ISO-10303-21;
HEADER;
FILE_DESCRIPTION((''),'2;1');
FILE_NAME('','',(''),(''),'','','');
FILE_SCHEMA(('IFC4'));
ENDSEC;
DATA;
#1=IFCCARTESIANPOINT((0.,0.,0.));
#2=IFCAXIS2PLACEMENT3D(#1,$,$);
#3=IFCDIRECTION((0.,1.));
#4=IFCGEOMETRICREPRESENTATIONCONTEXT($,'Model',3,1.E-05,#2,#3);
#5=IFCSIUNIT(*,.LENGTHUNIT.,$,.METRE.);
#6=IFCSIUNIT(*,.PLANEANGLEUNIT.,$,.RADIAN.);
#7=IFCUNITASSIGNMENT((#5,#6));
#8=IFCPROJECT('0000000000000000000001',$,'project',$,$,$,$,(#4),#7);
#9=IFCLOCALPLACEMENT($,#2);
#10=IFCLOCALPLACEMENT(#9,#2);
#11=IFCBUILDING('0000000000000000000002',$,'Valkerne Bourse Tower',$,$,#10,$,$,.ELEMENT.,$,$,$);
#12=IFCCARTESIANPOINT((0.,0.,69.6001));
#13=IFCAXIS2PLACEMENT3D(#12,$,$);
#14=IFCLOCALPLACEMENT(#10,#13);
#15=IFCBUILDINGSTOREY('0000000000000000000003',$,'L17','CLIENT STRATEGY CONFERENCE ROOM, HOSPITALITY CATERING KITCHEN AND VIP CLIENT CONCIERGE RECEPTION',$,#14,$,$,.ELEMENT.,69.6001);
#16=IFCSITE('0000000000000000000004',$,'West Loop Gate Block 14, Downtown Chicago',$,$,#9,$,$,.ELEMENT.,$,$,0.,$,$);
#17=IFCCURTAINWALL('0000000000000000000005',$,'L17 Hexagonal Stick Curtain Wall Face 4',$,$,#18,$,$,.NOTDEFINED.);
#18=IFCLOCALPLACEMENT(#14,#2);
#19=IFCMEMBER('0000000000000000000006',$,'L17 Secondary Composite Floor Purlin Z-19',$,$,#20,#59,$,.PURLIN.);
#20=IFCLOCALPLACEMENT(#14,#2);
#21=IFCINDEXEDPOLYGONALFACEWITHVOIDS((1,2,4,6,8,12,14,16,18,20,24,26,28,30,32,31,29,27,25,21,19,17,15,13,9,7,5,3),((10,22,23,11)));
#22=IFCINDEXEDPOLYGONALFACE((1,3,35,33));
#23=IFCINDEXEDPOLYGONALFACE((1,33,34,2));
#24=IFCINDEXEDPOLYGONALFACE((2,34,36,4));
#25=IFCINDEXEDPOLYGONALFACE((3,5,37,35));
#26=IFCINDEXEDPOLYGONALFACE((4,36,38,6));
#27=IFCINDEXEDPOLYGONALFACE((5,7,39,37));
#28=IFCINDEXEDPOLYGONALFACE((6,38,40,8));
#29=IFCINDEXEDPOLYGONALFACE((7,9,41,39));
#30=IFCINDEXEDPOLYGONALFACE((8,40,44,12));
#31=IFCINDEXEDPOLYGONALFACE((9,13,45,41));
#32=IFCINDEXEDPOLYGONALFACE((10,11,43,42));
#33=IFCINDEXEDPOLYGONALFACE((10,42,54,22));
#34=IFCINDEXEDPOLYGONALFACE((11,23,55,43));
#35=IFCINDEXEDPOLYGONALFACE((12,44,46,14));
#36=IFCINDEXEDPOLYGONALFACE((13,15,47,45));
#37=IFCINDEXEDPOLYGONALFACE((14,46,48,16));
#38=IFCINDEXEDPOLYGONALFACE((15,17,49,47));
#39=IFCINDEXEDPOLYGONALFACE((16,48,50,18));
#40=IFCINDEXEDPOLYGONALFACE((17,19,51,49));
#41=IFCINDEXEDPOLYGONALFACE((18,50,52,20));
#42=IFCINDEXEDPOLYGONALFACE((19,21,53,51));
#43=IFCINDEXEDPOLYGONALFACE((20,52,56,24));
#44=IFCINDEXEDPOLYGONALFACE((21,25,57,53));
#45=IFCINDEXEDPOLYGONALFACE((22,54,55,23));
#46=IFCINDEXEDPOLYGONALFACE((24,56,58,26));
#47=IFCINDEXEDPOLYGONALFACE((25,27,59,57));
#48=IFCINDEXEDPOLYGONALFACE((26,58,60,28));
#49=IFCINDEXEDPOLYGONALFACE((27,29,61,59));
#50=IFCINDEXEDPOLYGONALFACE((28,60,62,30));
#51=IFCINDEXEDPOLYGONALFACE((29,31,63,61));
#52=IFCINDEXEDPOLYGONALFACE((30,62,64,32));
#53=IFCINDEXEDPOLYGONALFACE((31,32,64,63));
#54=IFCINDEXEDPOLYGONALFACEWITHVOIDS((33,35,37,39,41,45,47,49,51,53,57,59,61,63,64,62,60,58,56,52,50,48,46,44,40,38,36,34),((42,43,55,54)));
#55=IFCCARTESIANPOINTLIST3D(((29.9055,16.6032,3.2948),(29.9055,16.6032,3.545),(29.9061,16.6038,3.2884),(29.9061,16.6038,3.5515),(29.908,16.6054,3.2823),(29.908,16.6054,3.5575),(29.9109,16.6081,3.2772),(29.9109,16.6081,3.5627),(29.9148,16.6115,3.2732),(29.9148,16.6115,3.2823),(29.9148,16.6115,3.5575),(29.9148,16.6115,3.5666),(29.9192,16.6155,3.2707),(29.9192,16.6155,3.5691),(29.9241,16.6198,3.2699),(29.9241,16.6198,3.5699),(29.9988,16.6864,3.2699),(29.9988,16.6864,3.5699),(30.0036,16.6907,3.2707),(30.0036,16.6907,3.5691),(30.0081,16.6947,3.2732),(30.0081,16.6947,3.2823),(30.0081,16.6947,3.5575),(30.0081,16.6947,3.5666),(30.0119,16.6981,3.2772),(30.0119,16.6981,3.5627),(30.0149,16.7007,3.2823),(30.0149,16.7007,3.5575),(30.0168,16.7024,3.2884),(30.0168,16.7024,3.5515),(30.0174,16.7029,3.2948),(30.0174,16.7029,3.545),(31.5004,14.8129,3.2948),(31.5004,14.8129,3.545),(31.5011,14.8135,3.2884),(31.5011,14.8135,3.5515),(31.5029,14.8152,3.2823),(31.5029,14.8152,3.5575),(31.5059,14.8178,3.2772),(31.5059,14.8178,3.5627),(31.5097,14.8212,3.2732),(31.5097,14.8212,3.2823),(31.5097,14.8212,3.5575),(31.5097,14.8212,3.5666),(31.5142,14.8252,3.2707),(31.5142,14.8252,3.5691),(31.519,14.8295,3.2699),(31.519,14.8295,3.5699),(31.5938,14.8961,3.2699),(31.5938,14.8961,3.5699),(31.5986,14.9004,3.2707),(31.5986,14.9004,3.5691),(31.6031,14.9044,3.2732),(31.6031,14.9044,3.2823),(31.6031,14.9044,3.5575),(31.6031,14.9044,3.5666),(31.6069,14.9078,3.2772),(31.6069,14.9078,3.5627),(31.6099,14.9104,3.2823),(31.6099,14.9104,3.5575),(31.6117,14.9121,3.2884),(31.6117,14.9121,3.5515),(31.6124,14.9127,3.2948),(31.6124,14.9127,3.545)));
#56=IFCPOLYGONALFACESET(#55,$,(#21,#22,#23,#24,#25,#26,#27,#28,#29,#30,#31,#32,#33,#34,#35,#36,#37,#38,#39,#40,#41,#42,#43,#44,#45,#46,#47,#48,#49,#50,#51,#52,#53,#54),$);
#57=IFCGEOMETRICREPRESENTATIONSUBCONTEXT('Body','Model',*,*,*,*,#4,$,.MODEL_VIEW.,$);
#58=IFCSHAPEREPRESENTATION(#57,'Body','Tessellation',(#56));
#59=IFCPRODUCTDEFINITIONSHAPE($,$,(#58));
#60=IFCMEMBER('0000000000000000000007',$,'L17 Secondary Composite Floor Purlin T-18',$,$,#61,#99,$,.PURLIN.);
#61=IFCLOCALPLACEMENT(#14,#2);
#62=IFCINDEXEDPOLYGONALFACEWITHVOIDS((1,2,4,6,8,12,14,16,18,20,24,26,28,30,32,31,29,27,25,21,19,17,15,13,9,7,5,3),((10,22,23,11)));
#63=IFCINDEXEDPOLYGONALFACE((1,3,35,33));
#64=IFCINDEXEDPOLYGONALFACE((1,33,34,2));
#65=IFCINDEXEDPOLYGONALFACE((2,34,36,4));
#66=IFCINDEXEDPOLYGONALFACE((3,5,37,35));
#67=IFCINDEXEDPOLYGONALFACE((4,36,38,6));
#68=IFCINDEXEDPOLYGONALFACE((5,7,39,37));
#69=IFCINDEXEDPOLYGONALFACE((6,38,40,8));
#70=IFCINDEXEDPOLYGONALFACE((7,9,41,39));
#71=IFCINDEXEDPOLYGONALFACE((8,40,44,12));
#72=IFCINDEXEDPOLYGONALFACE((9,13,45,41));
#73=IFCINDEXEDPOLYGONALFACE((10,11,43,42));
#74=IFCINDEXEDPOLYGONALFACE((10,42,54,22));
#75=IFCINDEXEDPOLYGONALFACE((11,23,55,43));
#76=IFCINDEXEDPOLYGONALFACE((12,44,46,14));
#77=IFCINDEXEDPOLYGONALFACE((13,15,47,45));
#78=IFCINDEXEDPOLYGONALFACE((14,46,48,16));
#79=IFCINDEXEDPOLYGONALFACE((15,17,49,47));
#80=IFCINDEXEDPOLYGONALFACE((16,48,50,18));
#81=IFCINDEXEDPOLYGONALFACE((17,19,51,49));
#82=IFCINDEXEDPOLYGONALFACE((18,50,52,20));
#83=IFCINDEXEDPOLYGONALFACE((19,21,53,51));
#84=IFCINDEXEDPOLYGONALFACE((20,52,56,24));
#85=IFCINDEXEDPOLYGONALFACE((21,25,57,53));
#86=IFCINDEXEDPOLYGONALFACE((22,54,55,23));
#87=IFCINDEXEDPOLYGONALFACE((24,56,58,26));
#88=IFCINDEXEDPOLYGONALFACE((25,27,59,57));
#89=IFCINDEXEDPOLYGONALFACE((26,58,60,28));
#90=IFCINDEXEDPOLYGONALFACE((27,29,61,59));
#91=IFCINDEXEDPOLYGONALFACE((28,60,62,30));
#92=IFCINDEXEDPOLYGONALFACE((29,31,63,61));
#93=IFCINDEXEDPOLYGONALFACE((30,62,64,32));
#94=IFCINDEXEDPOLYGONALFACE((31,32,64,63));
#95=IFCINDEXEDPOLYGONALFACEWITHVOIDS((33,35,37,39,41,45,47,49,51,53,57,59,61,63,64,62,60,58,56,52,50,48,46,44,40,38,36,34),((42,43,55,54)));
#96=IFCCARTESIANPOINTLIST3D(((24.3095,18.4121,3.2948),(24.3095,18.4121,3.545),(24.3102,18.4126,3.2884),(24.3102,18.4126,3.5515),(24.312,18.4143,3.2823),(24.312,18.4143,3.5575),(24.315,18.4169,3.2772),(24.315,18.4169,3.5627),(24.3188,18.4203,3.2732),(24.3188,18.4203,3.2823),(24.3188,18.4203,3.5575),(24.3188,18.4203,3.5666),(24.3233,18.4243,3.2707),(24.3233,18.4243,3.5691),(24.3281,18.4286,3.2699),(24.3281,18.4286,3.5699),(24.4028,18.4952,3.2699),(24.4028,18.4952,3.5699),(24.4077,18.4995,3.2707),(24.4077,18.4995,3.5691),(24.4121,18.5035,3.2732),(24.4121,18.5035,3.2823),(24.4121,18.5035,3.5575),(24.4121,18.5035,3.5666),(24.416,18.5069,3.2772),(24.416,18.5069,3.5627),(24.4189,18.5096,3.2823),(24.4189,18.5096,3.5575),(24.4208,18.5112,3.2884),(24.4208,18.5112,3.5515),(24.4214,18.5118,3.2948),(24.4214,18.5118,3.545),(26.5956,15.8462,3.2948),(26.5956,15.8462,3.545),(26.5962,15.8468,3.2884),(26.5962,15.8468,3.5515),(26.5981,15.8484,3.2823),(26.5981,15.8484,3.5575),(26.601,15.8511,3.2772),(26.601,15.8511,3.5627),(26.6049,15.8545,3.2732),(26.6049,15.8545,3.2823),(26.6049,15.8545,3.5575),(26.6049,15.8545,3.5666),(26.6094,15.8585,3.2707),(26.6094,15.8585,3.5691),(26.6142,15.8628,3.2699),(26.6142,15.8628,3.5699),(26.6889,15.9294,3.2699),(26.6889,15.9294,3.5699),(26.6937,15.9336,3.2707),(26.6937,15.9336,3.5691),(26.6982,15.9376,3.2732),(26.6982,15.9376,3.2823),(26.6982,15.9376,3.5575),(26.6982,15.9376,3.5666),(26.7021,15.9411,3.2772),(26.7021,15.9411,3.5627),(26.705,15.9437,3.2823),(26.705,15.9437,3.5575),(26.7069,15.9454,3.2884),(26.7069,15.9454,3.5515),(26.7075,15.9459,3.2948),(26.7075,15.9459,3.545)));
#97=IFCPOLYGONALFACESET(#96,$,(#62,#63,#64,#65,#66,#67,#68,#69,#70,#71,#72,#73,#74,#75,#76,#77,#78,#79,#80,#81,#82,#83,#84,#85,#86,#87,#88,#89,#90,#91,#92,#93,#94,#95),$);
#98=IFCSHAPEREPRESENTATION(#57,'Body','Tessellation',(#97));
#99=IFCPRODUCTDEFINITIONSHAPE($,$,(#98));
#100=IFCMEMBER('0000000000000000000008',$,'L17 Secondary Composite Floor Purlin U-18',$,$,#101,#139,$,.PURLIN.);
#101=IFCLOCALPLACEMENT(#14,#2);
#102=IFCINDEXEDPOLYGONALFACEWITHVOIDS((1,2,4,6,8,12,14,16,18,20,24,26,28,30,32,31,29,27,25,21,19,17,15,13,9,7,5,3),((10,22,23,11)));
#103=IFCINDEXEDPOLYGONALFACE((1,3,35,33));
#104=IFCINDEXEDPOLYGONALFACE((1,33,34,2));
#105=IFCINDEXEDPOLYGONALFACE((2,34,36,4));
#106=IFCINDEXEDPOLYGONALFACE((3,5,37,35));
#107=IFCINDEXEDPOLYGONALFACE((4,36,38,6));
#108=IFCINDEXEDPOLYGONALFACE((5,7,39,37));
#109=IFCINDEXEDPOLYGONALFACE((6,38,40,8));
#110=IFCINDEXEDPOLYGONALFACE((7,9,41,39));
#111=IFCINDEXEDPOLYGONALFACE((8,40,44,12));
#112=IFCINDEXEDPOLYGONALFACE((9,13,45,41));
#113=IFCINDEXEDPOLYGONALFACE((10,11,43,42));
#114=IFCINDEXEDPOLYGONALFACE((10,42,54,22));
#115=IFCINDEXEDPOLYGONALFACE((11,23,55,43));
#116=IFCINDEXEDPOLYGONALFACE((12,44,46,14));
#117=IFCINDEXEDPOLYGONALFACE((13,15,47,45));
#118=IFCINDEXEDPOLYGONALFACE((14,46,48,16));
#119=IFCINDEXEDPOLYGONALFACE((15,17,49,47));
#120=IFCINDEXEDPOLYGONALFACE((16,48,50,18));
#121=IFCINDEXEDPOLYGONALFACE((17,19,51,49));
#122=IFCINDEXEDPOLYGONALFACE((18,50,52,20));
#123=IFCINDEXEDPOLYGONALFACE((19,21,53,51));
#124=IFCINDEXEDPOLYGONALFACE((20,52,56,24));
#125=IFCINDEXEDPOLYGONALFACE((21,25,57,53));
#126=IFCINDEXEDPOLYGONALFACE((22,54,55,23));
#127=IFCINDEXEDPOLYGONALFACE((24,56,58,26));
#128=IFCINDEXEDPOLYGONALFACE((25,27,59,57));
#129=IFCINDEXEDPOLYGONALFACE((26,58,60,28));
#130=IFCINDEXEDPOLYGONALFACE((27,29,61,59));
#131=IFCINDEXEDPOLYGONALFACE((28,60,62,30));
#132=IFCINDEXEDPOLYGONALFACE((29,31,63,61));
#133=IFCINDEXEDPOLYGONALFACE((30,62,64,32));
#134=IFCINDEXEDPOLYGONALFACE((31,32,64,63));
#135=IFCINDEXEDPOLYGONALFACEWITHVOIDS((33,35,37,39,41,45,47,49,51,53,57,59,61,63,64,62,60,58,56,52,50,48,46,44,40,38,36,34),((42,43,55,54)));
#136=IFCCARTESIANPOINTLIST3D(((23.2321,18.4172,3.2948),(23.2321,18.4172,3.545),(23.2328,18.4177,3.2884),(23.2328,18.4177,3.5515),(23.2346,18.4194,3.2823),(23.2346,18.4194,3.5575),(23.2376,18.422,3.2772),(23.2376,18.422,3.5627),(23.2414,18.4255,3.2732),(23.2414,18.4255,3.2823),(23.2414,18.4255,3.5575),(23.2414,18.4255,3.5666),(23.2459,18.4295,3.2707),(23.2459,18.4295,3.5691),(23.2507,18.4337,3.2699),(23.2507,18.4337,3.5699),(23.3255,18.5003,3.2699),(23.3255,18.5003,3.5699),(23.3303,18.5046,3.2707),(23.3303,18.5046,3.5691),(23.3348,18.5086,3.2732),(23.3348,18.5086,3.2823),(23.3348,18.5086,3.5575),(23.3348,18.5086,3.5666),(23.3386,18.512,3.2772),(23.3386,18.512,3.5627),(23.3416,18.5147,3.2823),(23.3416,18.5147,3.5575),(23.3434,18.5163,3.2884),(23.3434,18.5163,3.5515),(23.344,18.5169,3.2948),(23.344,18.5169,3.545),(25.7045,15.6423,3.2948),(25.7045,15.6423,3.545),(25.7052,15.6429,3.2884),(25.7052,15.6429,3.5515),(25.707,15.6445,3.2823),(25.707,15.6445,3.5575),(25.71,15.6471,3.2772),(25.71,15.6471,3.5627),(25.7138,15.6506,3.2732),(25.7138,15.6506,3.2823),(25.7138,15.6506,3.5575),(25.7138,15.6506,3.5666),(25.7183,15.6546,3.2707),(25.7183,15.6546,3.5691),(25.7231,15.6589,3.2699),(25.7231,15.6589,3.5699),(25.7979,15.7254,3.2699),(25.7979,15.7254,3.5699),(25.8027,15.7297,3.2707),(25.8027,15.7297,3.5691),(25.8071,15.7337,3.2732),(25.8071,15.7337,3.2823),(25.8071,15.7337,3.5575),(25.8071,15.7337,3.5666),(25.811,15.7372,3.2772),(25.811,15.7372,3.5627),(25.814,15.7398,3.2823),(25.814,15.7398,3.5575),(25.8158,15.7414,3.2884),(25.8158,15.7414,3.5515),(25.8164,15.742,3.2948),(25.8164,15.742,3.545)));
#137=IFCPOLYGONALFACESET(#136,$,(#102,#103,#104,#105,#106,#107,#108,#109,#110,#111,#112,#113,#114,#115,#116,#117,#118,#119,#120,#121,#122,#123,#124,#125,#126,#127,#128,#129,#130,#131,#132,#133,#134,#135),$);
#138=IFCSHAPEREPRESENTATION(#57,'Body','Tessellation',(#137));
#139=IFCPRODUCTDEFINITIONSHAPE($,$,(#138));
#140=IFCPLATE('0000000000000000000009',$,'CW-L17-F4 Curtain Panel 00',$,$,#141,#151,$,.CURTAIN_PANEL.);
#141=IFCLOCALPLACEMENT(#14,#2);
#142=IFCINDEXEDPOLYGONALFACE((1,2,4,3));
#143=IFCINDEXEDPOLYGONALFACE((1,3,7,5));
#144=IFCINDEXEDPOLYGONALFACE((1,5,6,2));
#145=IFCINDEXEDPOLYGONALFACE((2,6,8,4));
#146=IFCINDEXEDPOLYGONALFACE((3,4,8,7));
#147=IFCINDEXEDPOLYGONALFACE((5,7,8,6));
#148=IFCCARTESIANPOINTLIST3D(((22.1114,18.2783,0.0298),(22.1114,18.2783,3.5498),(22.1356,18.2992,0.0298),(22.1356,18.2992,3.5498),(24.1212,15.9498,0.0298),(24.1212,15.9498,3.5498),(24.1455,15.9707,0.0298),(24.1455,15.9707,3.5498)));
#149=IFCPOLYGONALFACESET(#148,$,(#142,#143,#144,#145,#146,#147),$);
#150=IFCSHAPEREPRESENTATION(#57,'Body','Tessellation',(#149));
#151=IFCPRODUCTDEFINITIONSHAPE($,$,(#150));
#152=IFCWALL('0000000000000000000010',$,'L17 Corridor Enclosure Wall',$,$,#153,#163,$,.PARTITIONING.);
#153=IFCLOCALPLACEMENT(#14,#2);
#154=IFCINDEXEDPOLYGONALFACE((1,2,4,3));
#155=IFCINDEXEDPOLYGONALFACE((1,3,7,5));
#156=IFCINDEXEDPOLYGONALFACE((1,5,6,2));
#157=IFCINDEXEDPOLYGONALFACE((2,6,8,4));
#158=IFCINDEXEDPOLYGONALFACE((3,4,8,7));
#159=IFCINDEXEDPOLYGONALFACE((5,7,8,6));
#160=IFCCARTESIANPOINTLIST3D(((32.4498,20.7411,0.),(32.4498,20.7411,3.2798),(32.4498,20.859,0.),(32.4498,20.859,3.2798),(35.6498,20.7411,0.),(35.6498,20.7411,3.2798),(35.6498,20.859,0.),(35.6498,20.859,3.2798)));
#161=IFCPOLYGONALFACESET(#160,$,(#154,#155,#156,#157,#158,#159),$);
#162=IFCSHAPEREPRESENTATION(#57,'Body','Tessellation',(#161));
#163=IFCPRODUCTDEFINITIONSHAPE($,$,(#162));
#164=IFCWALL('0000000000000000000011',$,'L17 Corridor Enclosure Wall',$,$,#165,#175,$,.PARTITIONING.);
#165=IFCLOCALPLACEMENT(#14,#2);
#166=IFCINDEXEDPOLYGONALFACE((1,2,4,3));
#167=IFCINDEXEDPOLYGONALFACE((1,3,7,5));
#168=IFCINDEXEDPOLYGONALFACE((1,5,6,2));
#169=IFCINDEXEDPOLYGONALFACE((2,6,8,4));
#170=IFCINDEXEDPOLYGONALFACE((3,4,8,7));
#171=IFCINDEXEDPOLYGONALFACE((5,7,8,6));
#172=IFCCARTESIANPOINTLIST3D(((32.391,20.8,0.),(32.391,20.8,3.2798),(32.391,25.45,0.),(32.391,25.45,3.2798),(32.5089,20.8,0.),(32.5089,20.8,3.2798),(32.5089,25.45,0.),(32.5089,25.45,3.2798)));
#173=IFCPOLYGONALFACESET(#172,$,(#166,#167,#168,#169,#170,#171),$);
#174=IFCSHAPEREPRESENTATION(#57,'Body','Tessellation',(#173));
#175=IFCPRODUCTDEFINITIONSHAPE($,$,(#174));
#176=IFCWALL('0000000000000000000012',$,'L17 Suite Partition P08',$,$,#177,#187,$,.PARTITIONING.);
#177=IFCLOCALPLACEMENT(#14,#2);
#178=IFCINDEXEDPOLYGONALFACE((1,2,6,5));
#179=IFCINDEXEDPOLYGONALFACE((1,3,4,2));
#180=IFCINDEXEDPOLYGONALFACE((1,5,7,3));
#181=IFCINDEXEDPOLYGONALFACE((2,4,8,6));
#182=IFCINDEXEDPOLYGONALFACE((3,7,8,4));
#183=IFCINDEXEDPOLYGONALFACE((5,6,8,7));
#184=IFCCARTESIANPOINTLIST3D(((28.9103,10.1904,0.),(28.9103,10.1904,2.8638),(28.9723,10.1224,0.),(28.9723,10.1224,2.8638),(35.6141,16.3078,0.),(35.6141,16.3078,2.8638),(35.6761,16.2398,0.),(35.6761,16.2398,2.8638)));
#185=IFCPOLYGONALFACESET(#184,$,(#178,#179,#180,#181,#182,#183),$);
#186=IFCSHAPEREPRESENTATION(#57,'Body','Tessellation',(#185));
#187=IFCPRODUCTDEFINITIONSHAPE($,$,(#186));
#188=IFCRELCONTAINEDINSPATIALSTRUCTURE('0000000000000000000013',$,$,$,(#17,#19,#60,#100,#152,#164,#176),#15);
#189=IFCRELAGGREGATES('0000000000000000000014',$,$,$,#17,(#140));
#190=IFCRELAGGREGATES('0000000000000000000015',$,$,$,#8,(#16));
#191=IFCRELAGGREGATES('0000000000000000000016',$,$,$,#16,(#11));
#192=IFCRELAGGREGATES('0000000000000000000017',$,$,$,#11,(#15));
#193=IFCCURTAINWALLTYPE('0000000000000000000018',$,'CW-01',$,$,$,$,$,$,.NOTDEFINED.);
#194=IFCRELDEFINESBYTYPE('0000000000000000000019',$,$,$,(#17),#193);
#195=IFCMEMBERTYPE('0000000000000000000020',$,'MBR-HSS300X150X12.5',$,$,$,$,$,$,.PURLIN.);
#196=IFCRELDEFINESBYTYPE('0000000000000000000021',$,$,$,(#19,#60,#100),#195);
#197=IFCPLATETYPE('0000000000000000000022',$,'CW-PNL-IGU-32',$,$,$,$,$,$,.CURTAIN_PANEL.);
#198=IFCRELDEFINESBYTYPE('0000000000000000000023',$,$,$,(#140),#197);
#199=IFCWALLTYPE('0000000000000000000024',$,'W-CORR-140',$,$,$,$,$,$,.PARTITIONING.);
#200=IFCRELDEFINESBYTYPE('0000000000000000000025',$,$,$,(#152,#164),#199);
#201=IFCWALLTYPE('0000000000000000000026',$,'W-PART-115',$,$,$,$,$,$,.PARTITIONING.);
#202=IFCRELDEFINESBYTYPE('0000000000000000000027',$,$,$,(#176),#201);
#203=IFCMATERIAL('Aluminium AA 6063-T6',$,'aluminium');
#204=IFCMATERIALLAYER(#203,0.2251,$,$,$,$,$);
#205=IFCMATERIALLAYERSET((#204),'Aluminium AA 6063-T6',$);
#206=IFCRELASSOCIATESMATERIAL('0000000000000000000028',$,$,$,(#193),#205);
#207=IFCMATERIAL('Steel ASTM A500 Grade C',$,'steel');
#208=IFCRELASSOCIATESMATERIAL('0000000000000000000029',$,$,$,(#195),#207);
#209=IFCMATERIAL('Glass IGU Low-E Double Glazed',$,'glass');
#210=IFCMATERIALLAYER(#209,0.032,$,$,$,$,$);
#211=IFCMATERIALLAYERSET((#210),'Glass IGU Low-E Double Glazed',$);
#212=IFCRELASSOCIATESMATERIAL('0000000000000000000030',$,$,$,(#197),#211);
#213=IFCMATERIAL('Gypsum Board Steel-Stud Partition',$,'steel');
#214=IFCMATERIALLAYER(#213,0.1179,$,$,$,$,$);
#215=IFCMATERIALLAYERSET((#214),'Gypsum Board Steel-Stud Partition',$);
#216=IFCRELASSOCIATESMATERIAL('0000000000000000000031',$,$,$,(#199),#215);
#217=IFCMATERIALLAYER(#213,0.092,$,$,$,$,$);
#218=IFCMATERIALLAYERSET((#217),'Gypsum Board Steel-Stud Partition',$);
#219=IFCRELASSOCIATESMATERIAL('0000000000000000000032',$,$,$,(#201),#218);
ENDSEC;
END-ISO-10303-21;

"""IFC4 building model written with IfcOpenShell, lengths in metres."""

from ifc_helpers import new_model, si_unit, direction, frame, frame_2d, origin, origin_2d, place, context, subcontext, project, spatial, rectangle, hollow_rectangle, extrude, material, layer, layer_set, material_profile, profile_set, type_object, element, aggregate, save


model = new_model("IFC4")

# Units and contexts
model_context = context("Model", 3, precision=1e-05, world=origin(), true_north=direction((0.0, 1.0)))
body_context = subcontext(model_context, "Body", "Model", "MODEL_VIEW")
ifc_project = project(units=[si_unit("LENGTHUNIT", "METRE"), si_unit("PLANEANGLEUNIT", "RADIAN")], contexts=[model_context])

# Site, building, storey
site_placement = place(None, origin())
site = spatial("IfcSite", under=ifc_project, at=site_placement, Name="West Loop Gate Block 14, Downtown Chicago", CompositionType="ELEMENT", RefElevation=0.0)
building_placement = place(site_placement, origin())
building = spatial("IfcBuilding", under=site, at=building_placement, Name="Valkerne Bourse Tower", CompositionType="ELEMENT")
storey_placement = place(building_placement, frame((0.0, 0.0, 69.6001)))
storey = spatial("IfcBuildingStorey", under=building, at=storey_placement, Name="L17", Description="CLIENT STRATEGY CONFERENCE ROOM, HOSPITALITY CATERING KITCHEN AND VIP CLIENT CONCIERGE RECEPTION", CompositionType="ELEMENT", Elevation=69.6001)

# Curtain wall
ifc_material_1 = material(Name="Aluminium AA 6063-T6", Category="aluminium")
ifc_layer_1 = layer(ifc_material_1, 0.2251)
ifc_layer_set_1 = layer_set([ifc_layer_1], Name="Aluminium AA 6063-T6")
curtain_wall_type = type_object("IfcCurtainWallType", Name="CW-01", PredefinedType="NOTDEFINED", material=ifc_layer_set_1)
curtain_wall_placement = place(storey_placement, origin())
curtain_wall = element("IfcCurtainWall", 1, at=curtain_wall_placement, inside=storey, type_object=curtain_wall_type, Name="L17 Hexagonal Stick Curtain Wall Face 4", PredefinedType="NOTDEFINED")

# Members
ifc_material_2 = material(Name="Steel ASTM A500 Grade C", Category="steel")
ifc_material_profile_1 = material_profile(ifc_material_2, hollow_rectangle(XDim=0.1499, YDim=0.3, WallThickness=0.0125, OuterFilletRadius=0.0249, at=origin_2d()), Name="HSS300X150X12.5")
ifc_profile_set_1 = profile_set([ifc_material_profile_1], Name="Steel ASTM A500 Grade C")
member_type_1 = type_object("IfcMemberType", Name="MBR-HSS300X150X12.5", PredefinedType="PURLIN", material=ifc_profile_set_1)
member_1_placement = place(storey_placement, frame((29.9614, 16.6531, 3.4199), z_axis=(0.665204, -0.746662, 0.0), x_axis=(0.746662, 0.665204, 0.0)))
element("IfcMember", 2, at=member_1_placement, inside=storey, type_object=member_type_1, Name="L17 Secondary Composite Floor Purlin Z-19", PredefinedType="PURLIN", context=body_context, shape_type="SweptSolid", body=[
    extrude(hollow_rectangle(XDim=0.1499, YDim=0.3, WallThickness=0.0125, OuterFilletRadius=0.0249, at=origin_2d()), origin(), (0.0, 0.0, 1.0), 2.3977),
])
member_2_placement = place(storey_placement, frame((24.3655, 18.4619, 3.4199), z_axis=(0.665228, -0.746641, 0.0), x_axis=(0.746641, 0.665228, 0.0)))
element("IfcMember", 3, at=member_2_placement, inside=storey, type_object=member_type_1, Name="L17 Secondary Composite Floor Purlin T-18", PredefinedType="PURLIN", context=body_context, shape_type="SweptSolid", body=[
    extrude(hollow_rectangle(XDim=0.1499, YDim=0.3, WallThickness=0.0125, OuterFilletRadius=0.0249, at=origin_2d()), origin(), (0.0, 0.0, 1.0), 3.4365),
])
member_3_placement = place(storey_placement, frame((23.2881, 18.467, 3.4199), z_axis=(0.66524, -0.74663, 0.0), x_axis=(0.74663, 0.66524, 0.0)))
element("IfcMember", 4, at=member_3_placement, inside=storey, type_object=member_type_1, Name="L17 Secondary Composite Floor Purlin U-18", PredefinedType="PURLIN", context=body_context, shape_type="SweptSolid", body=[
    extrude(hollow_rectangle(XDim=0.1499, YDim=0.3, WallThickness=0.0125, OuterFilletRadius=0.0249, at=origin_2d()), origin(), (0.0, 0.0, 1.0), 3.7166),
])

# Plate
ifc_material_3 = material(Name="Glass IGU Low-E Double Glazed", Category="glass")
ifc_layer_2 = layer(ifc_material_3, 0.032)
ifc_layer_set_2 = layer_set([ifc_layer_2], Name="Glass IGU Low-E Double Glazed")
plate_type = type_object("IfcPlateType", Name="CW-PNL-IGU-32", PredefinedType="CURTAIN_PANEL", material=ifc_layer_set_2)
plate_placement = place(storey_placement, frame((23.1284, 17.1245, 0.0298), z_axis=(0.0, 0.0, 1.0), x_axis=(0.653417, -0.756998, 0.0)))
plate = element("IfcPlate", 5, at=plate_placement, type_object=plate_type, Name="CW-L17-F4 Curtain Panel 00", PredefinedType="CURTAIN_PANEL", context=body_context, shape_type="SweptSolid", body=[
    extrude(rectangle(XDim=3.0759, YDim=0.032, at=origin_2d()), origin(), (0.0, 0.0, 1.0), 3.52),
])
aggregate(curtain_wall, [plate])

# Walls
ifc_material_4 = material(Name="Gypsum Board Steel-Stud Partition", Category="steel")
ifc_layer_3 = layer(ifc_material_4, 0.1179)
ifc_layer_set_3 = layer_set([ifc_layer_3], Name="Gypsum Board Steel-Stud Partition")
wall_type_1 = type_object("IfcWallType", Name="W-CORR-140", PredefinedType="PARTITIONING", material=ifc_layer_set_3)
wall_1_placement = place(storey_placement, frame((35.6499, 20.8, 0.0), z_axis=(0.0, 0.0, 1.0), x_axis=(-1.0, 0.0, 0.0)))
element("IfcWall", 6, at=wall_1_placement, inside=storey, type_object=wall_type_1, Name="L17 Corridor Enclosure Wall", PredefinedType="PARTITIONING", context=body_context, shape_type="SweptSolid", body=[
    extrude(rectangle(XDim=3.2, YDim=0.1179, at=frame_2d((1.6001, 0.0))), origin(), (0.0, 0.0, 1.0), 3.2798),
])
wall_2_placement = place(storey_placement, frame((32.45, 20.8, 0.0), z_axis=(0.0, 0.0, 1.0), x_axis=(0.0, 1.0, 0.0)))
element("IfcWall", 7, at=wall_2_placement, inside=storey, type_object=wall_type_1, Name="L17 Corridor Enclosure Wall", PredefinedType="PARTITIONING", context=body_context, shape_type="SweptSolid", body=[
    extrude(rectangle(XDim=4.6499, YDim=0.1179, at=frame_2d((2.325, 0.0))), origin(), (0.0, 0.0, 1.0), 3.2798),
])
ifc_layer_4 = layer(ifc_material_4, 0.092)
ifc_layer_set_4 = layer_set([ifc_layer_4], Name="Gypsum Board Steel-Stud Partition")
wall_type_2 = type_object("IfcWallType", Name="W-PART-115", PredefinedType="PARTITIONING", material=ifc_layer_set_4)
wall_3_placement = place(storey_placement, frame((35.645, 16.2737, 0.0), z_axis=(0.0, 0.0, 1.0), x_axis=(-0.738676, -0.67406, 0.0)))
element("IfcWall", 8, at=wall_3_placement, inside=storey, type_object=wall_type_2, Name="L17 Suite Partition P08", PredefinedType="PARTITIONING", context=body_context, shape_type="SweptSolid", body=[
    extrude(rectangle(XDim=9.0754, YDim=0.092, at=frame_2d((4.5376, 0.0))), origin(), (0.0, 0.0, 1.0), 2.8638),
])

save(model, "model.ifc")
